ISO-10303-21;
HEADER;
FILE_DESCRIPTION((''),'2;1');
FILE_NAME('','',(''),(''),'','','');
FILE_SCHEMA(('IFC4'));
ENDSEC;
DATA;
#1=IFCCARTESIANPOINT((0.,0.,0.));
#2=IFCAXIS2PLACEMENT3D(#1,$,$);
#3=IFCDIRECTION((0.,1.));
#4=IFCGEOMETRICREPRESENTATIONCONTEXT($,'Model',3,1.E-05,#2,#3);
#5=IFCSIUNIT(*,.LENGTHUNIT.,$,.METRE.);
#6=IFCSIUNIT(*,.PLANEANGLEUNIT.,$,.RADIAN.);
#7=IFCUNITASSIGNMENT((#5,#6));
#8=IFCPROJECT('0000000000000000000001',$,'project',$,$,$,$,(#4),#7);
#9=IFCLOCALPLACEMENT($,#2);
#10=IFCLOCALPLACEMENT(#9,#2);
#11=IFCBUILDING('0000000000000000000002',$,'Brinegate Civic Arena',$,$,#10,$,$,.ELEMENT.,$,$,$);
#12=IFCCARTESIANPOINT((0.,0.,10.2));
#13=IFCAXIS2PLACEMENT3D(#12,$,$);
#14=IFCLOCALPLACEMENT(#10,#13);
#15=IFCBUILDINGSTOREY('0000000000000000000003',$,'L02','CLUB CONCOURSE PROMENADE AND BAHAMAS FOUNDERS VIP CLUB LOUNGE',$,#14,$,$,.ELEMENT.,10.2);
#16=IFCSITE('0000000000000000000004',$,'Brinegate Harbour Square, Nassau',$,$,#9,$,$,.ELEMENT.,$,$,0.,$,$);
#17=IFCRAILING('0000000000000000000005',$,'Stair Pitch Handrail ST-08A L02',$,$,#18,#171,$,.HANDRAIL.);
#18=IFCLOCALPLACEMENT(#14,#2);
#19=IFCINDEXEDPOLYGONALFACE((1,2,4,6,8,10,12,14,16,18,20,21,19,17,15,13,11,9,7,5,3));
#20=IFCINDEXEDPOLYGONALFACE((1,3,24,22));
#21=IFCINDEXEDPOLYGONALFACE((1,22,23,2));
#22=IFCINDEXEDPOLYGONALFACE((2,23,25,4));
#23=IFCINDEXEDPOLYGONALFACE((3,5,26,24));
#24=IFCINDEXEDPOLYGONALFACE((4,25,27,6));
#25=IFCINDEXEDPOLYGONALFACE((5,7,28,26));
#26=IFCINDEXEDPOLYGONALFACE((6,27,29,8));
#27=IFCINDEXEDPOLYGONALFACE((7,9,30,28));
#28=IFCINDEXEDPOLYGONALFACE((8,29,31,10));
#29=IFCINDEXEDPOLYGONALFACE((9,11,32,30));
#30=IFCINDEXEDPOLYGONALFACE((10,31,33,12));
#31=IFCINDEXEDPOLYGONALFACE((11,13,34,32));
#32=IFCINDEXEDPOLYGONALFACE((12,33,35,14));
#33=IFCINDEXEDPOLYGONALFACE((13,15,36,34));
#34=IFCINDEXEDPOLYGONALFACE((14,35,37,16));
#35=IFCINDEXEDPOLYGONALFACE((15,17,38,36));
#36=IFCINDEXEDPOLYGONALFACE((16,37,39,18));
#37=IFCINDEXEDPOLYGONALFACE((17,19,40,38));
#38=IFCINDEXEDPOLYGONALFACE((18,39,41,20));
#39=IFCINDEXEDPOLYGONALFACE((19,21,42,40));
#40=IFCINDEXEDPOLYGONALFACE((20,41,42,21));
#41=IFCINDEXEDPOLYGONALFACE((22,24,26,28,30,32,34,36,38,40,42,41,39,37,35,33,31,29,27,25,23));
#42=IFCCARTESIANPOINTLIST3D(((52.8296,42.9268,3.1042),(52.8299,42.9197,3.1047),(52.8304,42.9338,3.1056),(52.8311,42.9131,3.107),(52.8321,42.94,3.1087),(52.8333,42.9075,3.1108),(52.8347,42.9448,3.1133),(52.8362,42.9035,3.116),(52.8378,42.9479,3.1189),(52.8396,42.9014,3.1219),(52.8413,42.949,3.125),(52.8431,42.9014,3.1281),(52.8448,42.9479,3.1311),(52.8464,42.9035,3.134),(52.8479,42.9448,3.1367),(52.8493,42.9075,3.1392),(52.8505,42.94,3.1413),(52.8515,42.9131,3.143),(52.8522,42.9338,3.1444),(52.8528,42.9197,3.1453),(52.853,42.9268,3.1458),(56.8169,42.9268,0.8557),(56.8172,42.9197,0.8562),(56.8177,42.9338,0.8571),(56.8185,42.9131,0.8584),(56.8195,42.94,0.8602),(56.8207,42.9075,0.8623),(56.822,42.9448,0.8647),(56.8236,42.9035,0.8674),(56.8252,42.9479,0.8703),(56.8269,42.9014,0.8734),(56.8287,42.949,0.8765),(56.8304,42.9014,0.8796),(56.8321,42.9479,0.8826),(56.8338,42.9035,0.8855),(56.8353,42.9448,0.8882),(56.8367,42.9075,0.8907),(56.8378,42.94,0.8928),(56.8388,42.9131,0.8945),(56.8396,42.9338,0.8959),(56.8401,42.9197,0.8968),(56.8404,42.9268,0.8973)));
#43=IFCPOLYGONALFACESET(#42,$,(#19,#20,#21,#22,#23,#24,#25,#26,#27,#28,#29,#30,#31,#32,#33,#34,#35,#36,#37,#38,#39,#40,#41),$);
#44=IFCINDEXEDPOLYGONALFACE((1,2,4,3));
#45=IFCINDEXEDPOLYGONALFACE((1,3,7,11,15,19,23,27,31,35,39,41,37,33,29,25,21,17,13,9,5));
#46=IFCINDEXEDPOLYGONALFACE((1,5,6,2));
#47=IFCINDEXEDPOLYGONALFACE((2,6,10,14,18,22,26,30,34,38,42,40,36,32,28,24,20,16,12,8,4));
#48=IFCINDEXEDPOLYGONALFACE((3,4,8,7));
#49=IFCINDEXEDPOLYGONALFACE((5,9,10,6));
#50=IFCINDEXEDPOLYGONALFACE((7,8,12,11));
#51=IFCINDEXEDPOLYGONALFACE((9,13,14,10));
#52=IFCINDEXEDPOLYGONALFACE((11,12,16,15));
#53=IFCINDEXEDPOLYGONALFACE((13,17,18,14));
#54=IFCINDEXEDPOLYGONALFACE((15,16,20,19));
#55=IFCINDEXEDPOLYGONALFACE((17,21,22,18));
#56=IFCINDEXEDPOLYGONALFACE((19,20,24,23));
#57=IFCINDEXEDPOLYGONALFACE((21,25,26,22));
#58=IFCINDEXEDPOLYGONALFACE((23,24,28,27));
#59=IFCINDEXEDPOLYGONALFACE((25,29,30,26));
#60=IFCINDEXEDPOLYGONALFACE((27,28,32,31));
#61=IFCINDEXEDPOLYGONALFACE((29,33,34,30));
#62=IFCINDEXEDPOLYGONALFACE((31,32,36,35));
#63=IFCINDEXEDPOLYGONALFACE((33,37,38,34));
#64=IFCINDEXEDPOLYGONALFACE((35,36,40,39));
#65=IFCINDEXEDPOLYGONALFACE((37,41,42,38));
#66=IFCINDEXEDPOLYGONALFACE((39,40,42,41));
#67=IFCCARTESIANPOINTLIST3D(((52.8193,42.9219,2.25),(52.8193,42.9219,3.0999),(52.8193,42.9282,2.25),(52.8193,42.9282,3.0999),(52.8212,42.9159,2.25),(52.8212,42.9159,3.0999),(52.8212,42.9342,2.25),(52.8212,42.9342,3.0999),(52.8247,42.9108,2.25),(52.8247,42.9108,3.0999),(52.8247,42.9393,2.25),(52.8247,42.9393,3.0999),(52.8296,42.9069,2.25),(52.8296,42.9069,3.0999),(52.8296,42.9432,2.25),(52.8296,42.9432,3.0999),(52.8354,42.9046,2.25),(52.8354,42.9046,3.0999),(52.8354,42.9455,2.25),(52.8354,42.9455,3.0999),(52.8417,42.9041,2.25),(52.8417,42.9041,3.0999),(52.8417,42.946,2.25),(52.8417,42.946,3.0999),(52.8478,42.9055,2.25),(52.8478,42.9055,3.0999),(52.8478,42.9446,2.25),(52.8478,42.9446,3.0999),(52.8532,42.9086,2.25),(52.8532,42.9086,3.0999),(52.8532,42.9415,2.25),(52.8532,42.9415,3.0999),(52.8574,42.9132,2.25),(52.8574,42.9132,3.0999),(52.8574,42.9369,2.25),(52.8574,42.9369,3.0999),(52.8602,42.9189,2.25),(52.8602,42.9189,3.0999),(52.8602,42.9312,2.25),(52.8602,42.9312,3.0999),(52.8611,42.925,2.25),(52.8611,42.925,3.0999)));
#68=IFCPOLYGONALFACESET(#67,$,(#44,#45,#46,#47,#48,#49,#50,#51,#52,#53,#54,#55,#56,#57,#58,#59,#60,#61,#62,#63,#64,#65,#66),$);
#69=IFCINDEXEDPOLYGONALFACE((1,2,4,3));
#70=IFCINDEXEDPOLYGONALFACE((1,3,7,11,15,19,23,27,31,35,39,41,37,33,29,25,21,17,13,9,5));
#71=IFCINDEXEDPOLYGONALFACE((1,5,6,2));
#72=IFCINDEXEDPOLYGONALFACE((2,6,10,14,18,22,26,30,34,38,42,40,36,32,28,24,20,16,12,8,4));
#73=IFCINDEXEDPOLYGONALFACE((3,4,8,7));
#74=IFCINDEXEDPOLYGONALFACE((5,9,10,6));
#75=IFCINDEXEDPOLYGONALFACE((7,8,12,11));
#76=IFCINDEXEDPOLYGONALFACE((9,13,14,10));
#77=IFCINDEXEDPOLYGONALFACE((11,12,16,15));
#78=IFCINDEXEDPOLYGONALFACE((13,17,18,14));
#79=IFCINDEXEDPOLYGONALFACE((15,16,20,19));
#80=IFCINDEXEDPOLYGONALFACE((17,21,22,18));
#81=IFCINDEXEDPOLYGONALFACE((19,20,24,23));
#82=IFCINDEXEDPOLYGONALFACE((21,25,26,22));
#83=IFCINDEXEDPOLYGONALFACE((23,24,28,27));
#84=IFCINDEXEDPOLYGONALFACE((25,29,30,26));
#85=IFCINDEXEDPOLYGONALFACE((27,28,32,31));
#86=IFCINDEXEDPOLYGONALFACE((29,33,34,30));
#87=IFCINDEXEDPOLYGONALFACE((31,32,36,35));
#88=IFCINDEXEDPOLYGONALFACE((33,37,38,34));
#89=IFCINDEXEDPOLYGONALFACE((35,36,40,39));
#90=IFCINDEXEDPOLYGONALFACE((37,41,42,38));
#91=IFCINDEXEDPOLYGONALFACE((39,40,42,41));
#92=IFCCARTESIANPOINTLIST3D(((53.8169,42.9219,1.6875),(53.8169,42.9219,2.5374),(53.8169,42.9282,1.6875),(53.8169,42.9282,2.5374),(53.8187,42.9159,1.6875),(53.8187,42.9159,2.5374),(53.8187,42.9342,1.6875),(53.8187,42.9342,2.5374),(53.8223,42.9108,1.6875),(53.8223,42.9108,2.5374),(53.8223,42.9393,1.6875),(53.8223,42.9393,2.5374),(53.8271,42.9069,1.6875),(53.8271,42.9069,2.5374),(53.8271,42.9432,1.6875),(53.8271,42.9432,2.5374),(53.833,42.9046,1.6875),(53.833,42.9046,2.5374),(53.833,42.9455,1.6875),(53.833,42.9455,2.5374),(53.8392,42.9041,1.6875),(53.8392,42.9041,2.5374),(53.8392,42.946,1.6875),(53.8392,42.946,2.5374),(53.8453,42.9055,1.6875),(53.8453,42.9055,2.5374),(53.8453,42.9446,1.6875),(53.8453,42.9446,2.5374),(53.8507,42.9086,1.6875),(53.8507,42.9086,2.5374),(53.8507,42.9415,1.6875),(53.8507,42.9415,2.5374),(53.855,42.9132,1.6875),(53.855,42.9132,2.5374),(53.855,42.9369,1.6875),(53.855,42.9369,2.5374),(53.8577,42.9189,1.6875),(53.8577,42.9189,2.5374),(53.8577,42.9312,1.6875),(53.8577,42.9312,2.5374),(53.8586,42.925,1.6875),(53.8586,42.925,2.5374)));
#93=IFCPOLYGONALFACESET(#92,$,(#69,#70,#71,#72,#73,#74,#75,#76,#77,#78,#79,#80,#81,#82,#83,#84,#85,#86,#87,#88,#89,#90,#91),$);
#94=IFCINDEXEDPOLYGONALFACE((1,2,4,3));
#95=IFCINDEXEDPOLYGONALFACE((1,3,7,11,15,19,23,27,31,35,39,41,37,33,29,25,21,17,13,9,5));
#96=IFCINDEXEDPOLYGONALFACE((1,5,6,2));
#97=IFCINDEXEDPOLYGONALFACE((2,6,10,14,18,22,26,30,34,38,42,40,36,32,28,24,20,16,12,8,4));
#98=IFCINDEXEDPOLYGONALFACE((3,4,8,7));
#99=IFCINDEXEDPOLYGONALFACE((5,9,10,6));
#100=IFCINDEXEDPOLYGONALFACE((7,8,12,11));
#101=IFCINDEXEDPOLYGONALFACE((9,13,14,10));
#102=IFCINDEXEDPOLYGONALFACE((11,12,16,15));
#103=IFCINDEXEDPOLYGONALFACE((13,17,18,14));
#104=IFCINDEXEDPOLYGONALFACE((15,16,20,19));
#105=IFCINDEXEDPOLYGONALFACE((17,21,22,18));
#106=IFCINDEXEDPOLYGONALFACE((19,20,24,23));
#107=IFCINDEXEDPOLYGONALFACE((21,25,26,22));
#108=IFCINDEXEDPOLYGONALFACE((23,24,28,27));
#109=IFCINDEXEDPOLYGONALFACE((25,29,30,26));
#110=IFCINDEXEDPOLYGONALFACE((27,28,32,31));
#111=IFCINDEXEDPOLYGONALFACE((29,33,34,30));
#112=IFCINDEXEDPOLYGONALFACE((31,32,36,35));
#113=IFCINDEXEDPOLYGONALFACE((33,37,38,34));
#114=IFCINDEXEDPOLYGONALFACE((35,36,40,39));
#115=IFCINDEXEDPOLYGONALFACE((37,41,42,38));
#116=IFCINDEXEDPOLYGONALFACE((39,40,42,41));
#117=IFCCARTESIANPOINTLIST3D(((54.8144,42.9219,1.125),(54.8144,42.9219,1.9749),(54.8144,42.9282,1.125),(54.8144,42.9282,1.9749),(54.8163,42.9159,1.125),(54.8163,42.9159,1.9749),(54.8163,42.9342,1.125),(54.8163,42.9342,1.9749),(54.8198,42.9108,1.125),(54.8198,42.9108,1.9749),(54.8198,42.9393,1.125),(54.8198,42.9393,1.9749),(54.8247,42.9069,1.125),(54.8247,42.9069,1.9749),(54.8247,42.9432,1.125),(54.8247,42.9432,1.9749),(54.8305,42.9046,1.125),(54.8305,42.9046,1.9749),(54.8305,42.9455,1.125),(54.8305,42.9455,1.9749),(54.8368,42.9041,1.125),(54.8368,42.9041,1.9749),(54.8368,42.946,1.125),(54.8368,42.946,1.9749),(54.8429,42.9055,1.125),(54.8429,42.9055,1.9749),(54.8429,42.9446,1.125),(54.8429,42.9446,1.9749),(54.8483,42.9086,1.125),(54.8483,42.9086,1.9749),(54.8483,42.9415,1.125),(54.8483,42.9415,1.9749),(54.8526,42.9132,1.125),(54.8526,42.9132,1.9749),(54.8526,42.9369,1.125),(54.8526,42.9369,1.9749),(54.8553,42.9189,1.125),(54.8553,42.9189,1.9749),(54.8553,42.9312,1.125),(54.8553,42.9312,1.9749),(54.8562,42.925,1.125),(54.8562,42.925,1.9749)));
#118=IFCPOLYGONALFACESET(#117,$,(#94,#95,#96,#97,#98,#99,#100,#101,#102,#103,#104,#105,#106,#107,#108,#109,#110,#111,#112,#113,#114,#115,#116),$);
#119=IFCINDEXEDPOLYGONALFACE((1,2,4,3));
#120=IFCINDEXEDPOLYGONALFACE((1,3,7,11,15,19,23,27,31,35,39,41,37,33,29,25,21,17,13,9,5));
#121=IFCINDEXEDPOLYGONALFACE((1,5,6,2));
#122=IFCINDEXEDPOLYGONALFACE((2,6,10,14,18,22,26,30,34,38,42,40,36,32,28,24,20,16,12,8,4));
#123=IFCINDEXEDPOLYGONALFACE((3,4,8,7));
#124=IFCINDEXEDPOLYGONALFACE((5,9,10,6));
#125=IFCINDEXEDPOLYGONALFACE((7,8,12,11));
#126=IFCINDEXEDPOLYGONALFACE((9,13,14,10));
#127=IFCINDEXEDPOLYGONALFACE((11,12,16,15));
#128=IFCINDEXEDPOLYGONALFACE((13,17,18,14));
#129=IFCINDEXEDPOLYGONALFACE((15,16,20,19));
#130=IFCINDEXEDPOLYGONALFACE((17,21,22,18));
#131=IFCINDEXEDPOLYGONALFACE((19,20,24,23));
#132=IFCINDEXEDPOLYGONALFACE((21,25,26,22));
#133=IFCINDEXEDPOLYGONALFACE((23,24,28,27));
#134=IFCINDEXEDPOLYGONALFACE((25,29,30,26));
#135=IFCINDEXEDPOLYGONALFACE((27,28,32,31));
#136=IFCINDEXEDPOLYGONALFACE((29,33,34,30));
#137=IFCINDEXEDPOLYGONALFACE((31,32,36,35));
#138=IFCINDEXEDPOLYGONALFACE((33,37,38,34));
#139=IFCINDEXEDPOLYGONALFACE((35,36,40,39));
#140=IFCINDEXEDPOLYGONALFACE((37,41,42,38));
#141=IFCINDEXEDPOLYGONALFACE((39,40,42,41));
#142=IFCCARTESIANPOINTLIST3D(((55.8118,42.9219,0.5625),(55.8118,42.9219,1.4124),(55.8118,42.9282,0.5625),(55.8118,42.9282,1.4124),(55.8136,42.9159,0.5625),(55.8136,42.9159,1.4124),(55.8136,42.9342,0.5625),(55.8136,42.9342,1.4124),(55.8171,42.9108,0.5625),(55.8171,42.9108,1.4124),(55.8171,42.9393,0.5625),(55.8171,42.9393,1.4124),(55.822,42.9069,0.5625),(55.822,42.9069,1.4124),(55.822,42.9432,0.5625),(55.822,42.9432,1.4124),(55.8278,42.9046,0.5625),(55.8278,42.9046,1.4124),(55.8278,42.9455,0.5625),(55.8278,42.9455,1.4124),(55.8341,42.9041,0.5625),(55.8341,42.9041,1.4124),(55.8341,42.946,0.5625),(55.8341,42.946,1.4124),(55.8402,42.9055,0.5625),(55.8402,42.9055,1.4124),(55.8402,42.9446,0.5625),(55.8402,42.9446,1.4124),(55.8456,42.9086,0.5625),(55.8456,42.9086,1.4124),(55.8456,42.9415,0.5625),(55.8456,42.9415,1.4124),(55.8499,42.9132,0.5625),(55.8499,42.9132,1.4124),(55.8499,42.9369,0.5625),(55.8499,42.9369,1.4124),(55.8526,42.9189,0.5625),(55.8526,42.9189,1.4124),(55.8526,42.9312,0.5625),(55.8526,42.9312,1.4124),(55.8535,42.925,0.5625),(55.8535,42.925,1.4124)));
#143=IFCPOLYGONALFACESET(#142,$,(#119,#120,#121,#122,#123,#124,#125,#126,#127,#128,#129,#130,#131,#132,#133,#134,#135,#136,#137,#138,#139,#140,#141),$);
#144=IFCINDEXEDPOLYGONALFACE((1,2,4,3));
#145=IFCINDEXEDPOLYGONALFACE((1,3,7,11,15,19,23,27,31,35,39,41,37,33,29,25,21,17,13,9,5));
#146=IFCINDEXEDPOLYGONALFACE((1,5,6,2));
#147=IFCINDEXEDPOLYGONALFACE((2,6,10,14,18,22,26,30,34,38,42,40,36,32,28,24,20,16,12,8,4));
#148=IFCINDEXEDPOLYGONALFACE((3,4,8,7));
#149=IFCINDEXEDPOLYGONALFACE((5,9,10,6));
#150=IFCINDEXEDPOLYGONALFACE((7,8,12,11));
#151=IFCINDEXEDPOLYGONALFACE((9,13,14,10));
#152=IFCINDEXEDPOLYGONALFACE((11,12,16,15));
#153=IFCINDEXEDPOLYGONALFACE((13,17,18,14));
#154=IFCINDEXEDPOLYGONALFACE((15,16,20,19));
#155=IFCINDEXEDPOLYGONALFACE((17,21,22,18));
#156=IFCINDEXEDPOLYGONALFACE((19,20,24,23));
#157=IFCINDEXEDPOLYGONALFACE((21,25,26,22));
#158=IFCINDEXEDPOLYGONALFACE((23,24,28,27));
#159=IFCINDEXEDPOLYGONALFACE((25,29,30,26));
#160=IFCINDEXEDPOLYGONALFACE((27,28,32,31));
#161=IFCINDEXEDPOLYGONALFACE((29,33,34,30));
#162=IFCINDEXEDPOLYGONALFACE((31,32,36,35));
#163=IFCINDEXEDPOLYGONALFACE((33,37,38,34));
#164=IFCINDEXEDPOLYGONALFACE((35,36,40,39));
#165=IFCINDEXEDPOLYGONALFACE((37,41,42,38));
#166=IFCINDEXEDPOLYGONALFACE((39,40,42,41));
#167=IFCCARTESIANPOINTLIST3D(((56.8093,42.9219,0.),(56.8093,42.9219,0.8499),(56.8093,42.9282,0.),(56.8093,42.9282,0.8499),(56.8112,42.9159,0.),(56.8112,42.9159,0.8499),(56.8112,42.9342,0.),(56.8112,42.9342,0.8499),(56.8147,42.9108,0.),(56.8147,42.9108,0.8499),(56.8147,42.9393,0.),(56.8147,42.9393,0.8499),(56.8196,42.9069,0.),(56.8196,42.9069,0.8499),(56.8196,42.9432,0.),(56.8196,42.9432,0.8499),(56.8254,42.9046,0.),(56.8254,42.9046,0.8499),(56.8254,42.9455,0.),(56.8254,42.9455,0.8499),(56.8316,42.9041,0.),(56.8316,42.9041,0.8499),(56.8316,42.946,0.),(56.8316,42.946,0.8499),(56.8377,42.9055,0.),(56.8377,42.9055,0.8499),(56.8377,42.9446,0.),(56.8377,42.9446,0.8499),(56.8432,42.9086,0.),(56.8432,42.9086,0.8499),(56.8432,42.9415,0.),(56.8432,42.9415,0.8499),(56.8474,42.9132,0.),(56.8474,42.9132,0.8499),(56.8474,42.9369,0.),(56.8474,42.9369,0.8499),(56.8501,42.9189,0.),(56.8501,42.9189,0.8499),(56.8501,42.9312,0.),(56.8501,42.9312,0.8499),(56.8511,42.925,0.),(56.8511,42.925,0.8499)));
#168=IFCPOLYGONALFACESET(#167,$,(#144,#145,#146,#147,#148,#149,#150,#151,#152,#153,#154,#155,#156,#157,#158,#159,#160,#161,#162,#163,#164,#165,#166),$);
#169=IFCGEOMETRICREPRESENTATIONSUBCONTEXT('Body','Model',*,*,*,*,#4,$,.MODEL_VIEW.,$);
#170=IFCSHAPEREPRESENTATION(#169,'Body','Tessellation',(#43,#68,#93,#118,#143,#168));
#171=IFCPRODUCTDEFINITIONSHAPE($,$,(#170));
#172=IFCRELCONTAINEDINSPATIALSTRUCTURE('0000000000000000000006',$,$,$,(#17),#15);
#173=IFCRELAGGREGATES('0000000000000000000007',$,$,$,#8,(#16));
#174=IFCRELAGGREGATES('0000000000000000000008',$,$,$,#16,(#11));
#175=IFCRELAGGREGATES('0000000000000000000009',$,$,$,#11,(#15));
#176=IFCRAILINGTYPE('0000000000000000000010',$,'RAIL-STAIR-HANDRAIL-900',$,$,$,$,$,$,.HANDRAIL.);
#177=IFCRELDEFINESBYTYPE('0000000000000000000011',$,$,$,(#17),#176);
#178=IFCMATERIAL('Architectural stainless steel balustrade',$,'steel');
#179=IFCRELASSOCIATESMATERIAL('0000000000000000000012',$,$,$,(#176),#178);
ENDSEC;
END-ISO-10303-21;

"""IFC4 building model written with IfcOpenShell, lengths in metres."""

from ifc_helpers import new_model, si_unit, direction, frame, origin, origin_2d, place, context, subcontext, project, spatial, circle, extrude, material, type_object, element, save


model = new_model("IFC4")

# Units and contexts
model_context = context("Model", 3, precision=1e-05, world=origin(), true_north=direction((0.0, 1.0)))
body_context = subcontext(model_context, "Body", "Model", "MODEL_VIEW")
ifc_project = project(units=[si_unit("LENGTHUNIT", "METRE"), si_unit("PLANEANGLEUNIT", "RADIAN")], contexts=[model_context])

# Site, building, storey
site_placement = place(None, origin())
site = spatial("IfcSite", under=ifc_project, at=site_placement, Name="Brinegate Harbour Square, Nassau", CompositionType="ELEMENT", RefElevation=0.0)
building_placement = place(site_placement, origin())
building = spatial("IfcBuilding", under=site, at=building_placement, Name="Brinegate Civic Arena", CompositionType="ELEMENT")
storey_placement = place(building_placement, frame((0.0, 0.0, 10.2)))
storey = spatial("IfcBuildingStorey", under=building, at=storey_placement, Name="L02", Description="CLUB CONCOURSE PROMENADE AND BAHAMAS FOUNDERS VIP CLUB LOUNGE", CompositionType="ELEMENT", Elevation=10.2)

# Shared definitions
ifc_material_1 = material(Name="Architectural stainless steel balustrade", Category="steel")

# Railing
railing_type = type_object("IfcRailingType", Name="RAIL-STAIR-HANDRAIL-900", PredefinedType="HANDRAIL", material=ifc_material_1)
railing_placement = place(storey_placement, frame((52.8401, 42.925, 2.25)))
element("IfcRailing", 1, at=railing_placement, inside=storey, type_object=railing_type, Name="Stair Pitch Handrail ST-08A L02", PredefinedType="HANDRAIL", context=body_context, shape_type="SweptSolid", body=[
    extrude(circle(Radius=0.0239, at=origin_2d()), frame((0.0012, 0.0, 0.875), z_axis=(0.87105, 0.0, -0.491195), x_axis=(0.0, 1.0, 0.0)), (0.0, 0.0, 1.0), 4.5776),
    extrude(circle(Radius=0.021, at=origin_2d()), origin(), (0.0, 0.0, 1.0), 0.8499),
    extrude(circle(Radius=0.021, at=origin_2d()), frame((0.9976, 0.0, -0.5625)), (0.0, 0.0, 1.0), 0.8499),
    extrude(circle(Radius=0.021, at=origin_2d()), frame((1.9951, 0.0, -1.125)), (0.0, 0.0, 1.0), 0.8499),
    extrude(circle(Radius=0.021, at=origin_2d()), frame((2.9924, 0.0, -1.6875)), (0.0, 0.0, 1.0), 0.8499),
    extrude(circle(Radius=0.021, at=origin_2d()), frame((3.99, 0.0, -2.25)), (0.0, 0.0, 1.0), 0.8499),
])

save(model, "model.ifc")
